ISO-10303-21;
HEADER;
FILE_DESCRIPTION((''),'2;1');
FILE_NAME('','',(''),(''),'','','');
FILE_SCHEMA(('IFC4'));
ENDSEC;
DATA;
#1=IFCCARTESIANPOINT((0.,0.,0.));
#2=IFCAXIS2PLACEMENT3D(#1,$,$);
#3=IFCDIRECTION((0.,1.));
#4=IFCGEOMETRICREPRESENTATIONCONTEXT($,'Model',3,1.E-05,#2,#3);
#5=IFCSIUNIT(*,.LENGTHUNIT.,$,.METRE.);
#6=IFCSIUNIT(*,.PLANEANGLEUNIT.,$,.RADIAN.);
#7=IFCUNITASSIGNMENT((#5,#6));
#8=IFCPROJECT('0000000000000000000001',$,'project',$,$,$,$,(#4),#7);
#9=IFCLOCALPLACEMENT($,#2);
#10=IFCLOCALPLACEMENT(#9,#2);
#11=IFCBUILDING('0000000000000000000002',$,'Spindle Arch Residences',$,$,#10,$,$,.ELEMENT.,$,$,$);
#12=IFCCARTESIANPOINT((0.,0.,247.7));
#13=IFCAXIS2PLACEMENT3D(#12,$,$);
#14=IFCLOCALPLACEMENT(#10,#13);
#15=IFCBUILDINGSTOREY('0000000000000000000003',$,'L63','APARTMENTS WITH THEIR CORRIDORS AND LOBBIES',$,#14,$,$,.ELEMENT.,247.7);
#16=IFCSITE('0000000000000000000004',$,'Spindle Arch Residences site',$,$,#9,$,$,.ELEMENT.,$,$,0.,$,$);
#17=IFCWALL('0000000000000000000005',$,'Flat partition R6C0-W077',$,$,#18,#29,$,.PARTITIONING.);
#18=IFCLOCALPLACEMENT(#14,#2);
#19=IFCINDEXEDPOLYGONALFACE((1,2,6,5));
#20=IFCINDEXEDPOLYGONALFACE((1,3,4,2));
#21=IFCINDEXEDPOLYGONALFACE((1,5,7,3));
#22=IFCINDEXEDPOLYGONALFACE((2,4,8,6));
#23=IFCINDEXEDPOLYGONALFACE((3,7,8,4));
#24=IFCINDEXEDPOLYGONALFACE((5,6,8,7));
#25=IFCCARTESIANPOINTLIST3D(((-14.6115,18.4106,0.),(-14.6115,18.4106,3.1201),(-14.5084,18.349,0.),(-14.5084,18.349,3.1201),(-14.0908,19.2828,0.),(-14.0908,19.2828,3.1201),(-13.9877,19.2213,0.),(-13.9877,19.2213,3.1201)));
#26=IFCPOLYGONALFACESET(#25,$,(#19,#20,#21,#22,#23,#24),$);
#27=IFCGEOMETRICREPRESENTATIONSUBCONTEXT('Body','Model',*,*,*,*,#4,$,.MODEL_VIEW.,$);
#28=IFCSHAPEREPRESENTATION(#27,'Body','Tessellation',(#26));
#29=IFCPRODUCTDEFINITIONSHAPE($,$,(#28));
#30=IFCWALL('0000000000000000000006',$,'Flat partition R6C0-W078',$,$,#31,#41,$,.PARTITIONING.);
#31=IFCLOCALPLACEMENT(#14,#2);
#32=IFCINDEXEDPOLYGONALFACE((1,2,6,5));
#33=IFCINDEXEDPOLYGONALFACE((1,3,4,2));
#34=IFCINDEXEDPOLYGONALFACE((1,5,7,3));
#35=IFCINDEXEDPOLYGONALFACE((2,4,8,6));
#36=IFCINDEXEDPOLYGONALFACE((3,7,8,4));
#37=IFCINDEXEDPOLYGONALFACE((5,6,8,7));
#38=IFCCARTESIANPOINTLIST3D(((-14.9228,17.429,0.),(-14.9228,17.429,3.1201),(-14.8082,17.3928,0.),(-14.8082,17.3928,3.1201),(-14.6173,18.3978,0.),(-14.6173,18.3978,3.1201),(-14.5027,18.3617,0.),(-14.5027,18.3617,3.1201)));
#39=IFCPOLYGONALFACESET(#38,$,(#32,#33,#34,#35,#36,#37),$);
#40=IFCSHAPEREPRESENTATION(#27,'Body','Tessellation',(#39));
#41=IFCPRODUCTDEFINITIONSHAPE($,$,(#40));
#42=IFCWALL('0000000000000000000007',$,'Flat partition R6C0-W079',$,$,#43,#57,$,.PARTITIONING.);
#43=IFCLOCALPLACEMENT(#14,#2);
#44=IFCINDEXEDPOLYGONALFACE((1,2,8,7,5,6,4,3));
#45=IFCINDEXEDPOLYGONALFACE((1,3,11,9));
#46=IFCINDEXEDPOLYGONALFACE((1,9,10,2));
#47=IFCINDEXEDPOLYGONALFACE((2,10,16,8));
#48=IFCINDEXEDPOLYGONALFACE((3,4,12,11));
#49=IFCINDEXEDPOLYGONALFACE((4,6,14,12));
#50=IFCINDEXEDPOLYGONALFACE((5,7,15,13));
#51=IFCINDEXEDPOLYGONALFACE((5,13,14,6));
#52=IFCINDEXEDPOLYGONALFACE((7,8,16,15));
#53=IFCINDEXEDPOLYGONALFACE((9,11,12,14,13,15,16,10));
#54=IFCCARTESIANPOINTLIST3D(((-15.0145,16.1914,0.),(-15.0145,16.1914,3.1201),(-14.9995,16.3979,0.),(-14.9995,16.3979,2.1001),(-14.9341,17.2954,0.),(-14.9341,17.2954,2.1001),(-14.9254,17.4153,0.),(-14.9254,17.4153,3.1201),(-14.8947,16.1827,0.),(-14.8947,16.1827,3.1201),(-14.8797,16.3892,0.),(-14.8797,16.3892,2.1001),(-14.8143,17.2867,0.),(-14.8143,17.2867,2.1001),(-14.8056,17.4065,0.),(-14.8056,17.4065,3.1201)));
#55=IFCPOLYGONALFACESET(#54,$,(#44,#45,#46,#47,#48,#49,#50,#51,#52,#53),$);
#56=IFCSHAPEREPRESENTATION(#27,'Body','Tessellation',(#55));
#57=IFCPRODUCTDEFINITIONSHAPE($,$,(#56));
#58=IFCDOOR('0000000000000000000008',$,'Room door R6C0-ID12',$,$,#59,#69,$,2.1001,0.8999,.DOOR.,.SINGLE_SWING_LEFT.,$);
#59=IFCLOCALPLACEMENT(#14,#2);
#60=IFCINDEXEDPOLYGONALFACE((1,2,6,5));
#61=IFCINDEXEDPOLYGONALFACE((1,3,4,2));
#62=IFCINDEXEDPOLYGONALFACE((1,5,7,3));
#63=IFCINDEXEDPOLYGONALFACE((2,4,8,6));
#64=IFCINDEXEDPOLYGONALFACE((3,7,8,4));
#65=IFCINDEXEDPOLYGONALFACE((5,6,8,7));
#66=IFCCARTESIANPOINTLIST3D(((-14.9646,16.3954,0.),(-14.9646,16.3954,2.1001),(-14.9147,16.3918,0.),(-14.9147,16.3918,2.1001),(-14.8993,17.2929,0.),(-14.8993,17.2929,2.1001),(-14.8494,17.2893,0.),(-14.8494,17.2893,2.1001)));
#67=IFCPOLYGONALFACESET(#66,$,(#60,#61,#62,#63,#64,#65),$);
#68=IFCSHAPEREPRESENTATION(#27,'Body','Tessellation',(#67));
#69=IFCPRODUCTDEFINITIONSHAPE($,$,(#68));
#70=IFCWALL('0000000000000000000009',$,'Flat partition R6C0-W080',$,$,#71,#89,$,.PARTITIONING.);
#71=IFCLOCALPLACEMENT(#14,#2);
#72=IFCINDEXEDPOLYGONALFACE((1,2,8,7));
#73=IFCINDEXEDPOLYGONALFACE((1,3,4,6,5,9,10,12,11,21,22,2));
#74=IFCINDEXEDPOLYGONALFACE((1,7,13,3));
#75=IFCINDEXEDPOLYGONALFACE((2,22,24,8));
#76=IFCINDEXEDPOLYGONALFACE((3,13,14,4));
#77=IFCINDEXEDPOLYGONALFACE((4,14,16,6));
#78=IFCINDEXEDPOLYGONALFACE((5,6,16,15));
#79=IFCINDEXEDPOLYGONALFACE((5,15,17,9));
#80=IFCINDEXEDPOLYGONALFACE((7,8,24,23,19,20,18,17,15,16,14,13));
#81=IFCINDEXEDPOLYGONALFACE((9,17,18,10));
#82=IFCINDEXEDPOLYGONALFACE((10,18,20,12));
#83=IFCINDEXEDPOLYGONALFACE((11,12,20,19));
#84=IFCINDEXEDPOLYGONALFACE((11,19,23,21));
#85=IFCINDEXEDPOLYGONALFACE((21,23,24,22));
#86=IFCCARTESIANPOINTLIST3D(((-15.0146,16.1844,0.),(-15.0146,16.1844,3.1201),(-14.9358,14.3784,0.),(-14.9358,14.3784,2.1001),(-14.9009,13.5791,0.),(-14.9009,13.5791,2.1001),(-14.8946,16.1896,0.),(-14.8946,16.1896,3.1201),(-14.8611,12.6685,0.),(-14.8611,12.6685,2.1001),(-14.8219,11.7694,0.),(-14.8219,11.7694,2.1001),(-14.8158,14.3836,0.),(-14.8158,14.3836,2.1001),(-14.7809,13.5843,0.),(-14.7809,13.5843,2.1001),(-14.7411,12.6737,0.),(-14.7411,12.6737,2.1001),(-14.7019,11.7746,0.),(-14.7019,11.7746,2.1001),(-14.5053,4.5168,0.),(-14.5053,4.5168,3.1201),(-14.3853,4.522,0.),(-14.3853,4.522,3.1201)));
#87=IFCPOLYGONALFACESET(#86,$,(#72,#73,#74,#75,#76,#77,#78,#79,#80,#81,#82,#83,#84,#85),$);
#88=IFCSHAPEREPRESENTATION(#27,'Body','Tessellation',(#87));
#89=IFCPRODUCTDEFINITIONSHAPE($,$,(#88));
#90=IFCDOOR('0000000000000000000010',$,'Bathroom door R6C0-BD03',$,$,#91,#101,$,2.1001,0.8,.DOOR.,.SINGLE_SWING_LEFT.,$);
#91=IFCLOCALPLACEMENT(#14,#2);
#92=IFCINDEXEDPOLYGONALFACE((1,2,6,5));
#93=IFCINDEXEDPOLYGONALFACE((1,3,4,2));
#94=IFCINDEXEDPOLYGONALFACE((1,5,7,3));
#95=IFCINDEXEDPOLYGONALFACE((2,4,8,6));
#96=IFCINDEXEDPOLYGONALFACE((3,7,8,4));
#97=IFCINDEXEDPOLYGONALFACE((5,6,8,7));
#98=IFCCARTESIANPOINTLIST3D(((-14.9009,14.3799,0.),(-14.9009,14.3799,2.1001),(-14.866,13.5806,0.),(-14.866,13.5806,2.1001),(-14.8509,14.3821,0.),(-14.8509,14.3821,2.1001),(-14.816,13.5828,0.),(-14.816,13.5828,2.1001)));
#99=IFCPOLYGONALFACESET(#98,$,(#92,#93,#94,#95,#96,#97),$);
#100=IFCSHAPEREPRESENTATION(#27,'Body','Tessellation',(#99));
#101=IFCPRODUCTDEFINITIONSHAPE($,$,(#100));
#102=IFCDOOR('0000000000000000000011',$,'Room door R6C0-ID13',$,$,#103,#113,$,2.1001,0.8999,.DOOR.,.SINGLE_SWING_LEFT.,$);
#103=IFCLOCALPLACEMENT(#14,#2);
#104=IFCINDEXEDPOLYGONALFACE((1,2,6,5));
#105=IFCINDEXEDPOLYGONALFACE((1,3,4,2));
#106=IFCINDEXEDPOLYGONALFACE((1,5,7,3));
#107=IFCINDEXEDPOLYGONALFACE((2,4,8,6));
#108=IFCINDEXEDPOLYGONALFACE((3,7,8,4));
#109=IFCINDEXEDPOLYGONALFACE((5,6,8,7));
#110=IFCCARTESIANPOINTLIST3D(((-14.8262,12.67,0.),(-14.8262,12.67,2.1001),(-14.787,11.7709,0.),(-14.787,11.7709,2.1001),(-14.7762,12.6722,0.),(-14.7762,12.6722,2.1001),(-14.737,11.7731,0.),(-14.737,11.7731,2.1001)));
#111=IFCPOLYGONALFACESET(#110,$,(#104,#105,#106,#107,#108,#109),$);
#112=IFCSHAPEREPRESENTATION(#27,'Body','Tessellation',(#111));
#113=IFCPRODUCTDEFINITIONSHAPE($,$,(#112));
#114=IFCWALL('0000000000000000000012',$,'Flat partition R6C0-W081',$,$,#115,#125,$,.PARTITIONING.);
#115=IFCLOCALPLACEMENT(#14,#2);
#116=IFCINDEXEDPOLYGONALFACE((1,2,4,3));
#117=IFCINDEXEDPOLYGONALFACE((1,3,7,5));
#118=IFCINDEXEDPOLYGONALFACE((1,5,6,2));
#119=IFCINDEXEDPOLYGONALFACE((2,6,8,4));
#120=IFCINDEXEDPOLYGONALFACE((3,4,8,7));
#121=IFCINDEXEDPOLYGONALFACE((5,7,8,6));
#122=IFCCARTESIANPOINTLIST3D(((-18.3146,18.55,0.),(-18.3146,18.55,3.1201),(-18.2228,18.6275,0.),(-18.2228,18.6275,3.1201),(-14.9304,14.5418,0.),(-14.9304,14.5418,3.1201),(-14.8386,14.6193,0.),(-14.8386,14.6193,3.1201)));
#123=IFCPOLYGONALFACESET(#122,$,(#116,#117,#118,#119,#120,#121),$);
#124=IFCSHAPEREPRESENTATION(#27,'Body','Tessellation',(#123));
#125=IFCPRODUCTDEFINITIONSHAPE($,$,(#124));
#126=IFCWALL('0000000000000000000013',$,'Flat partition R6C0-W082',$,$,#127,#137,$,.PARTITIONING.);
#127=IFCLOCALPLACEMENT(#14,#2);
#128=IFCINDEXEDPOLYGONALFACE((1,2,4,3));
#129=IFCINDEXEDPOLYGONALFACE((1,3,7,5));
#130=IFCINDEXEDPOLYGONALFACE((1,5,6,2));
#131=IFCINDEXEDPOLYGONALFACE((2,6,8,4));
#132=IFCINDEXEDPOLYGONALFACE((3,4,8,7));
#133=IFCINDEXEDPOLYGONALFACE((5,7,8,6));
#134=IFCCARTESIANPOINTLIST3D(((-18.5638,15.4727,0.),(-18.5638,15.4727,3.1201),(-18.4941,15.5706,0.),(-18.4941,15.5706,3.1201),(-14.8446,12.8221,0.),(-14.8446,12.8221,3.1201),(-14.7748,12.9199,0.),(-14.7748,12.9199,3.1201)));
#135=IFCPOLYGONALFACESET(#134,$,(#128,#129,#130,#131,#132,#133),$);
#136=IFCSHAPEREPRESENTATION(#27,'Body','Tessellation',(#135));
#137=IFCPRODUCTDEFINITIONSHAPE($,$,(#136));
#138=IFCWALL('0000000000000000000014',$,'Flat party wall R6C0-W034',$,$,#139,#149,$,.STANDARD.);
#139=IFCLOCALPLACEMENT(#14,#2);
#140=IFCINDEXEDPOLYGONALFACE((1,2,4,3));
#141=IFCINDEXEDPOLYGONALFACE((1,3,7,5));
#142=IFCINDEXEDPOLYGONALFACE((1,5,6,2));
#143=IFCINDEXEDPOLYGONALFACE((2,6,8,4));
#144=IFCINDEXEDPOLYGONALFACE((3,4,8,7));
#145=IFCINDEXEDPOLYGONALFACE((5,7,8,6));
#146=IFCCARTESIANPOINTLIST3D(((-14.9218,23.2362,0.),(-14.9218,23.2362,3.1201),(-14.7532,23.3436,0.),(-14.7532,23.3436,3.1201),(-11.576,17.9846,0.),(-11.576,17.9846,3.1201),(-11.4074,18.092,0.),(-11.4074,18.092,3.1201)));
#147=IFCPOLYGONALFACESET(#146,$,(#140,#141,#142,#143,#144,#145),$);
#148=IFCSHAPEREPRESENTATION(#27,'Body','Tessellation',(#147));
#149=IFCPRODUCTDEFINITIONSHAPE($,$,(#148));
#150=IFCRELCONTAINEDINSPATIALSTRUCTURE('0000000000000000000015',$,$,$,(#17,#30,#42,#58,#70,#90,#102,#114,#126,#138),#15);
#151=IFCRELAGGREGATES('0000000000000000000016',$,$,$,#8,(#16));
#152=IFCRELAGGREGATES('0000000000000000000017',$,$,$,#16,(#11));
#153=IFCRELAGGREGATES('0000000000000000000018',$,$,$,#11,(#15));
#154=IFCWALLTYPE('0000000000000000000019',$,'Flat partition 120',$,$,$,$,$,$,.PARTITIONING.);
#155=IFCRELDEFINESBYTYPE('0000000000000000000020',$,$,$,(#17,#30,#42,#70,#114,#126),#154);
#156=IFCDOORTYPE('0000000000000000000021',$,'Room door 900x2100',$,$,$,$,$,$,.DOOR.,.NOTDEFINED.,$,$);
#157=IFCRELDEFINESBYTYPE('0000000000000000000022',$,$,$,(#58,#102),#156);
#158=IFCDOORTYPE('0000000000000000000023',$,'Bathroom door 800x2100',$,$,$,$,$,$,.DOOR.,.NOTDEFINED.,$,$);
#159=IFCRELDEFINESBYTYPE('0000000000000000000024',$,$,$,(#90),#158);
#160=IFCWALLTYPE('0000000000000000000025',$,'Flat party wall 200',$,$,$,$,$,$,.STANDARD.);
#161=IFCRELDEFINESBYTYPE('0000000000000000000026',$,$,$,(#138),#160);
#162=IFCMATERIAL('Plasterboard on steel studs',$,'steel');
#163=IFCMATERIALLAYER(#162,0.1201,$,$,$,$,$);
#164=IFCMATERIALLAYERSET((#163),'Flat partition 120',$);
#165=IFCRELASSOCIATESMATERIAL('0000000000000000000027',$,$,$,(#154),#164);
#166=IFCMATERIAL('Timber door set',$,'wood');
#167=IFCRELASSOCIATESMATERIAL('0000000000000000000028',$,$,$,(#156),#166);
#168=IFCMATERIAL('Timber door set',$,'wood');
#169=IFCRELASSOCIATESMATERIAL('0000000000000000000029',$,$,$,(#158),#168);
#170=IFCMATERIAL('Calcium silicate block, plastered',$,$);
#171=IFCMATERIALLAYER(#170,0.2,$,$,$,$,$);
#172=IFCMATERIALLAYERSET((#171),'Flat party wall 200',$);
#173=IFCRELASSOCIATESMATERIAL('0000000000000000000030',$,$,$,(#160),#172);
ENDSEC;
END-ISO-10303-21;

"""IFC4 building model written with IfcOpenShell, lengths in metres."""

from ifc_helpers import new_model, si_unit, direction, frame, frame_2d, origin, place, context, subcontext, project, spatial, rectangle, extrude, material, layer, layer_set, type_object, element, fill, save


model = new_model("IFC4")

# Units and contexts
model_context = context("Model", 3, precision=1e-05, world=origin(), true_north=direction((0.0, 1.0)))
body_context = subcontext(model_context, "Body", "Model", "MODEL_VIEW")
ifc_project = project(units=[si_unit("LENGTHUNIT", "METRE"), si_unit("PLANEANGLEUNIT", "RADIAN")], contexts=[model_context])

# Site, building, storey
site_placement = place(None, origin())
site = spatial("IfcSite", under=ifc_project, at=site_placement, Name="Spindle Arch Residences site", CompositionType="ELEMENT", RefElevation=0.0)
building_placement = place(site_placement, origin())
building = spatial("IfcBuilding", under=site, at=building_placement, Name="Spindle Arch Residences", CompositionType="ELEMENT")
storey_placement = place(building_placement, frame((0.0, 0.0, 247.7)))
storey = spatial("IfcBuildingStorey", under=building, at=storey_placement, Name="L63", Description="APARTMENTS WITH THEIR CORRIDORS AND LOBBIES", CompositionType="ELEMENT", Elevation=247.7)

# Walls
ifc_material_1 = material(Name="Plasterboard on steel studs", Category="steel")
ifc_layer_1 = layer(ifc_material_1, 0.1201)
ifc_layer_set_1 = layer_set([ifc_layer_1], Name="Flat partition 120")
wall_type_1 = type_object("IfcWallType", Name="Flat partition 120", PredefinedType="PARTITIONING", material=ifc_layer_set_1)
for number, where, z_axis, x_axis, name in (
    (1, (-14.0393, 19.252, 0.0), (0.0, 0.0, 1.0), (-0.512586, -0.858636, 0.0), "Flat partition R6C0-W077"),
    (2, (-14.5601, 18.3796, 0.0), (0.0, 0.0, 1.0), (-0.300683, -0.953724, 0.0), "Flat partition R6C0-W078"),
):
    element("IfcWall", number, at=place(storey_placement, frame(where, z_axis=z_axis, x_axis=x_axis)), inside=storey, type_object=wall_type_1, Name=name, PredefinedType="PARTITIONING", context=body_context, shape_type="SweptSolid", body=[
        extrude(rectangle(XDim=1.0159, YDim=0.1201, at=frame_2d((0.5078, 0.0))), origin(), (0.0, 0.0, 1.0), 3.1201),
    ])

# Wall, opening, door
wall_1_placement = place(storey_placement, frame((-14.8655, 17.4109, 0.0), z_axis=(0.0, 0.0, 1.0), x_axis=(-0.072618, -0.99736, 0.0)))
wall_1 = element("IfcWall", 3, at=wall_1_placement, inside=storey, type_object=wall_type_1, Name="Flat partition R6C0-W079", PredefinedType="PARTITIONING", context=body_context, shape_type="SweptSolid", body=[
    extrude(rectangle(XDim=1.2271, YDim=0.1201, at=frame_2d((0.6135, 0.0))), origin(), (0.0, 0.0, 1.0), 3.1201),
])
opening_1_placement = place(wall_1_placement, frame((0.1201, 0.0, 0.0)))
opening_1 = element("IfcOpeningElement", 4, at=opening_1_placement, cuts=wall_1, PredefinedType="OPENING", context=body_context, shape_type="SweptSolid", body=[
    extrude(rectangle(XDim=0.8999, YDim=2.1001, at=frame_2d((0.45, 1.05))), frame((0.0, 0.0701, 0.0), z_axis=(0.0, -1.0, 0.0), x_axis=(1.0, 0.0, 0.0)), (0.0, 0.0, 1.0), 0.1401),
])
ifc_material_2 = material(Name="Timber door set", Category="wood")
door_type_1 = type_object("IfcDoorType", Name="Room door 900x2100", OperationType="NOTDEFINED", PredefinedType="DOOR", material=ifc_material_2)
door_1_placement = place(opening_1_placement, origin())
door_1 = element("IfcDoor", 5, at=door_1_placement, inside=storey, type_object=door_type_1, Name="Room door R6C0-ID12", OperationType="SINGLE_SWING_LEFT", OverallHeight=2.1001, OverallWidth=0.8999, PredefinedType="DOOR", context=body_context, shape_type="SweptSolid", body=[
    extrude(rectangle(XDim=0.8999, YDim=2.1001, at=frame_2d((0.45, 1.05))), frame((0.0, 0.0249, 0.0), z_axis=(0.0, -1.0, 0.0), x_axis=(1.0, 0.0, 0.0)), (0.0, 0.0, 1.0), 0.05),
])
fill(opening_1, door_1)

# Wall, openings, doors
wall_2_placement = place(storey_placement, frame((-14.9546, 16.187, 0.0), z_axis=(0.0, 0.0, 1.0), x_axis=(0.043608, -0.999049, 0.0)))
wall_2 = element("IfcWall", 6, at=wall_2_placement, inside=storey, type_object=wall_type_1, Name="Flat partition R6C0-W080", PredefinedType="PARTITIONING", context=body_context, shape_type="SweptSolid", body=[
    extrude(rectangle(XDim=11.6787, YDim=0.1201, at=frame_2d((5.8394, 0.0))), origin(), (0.0, 0.0, 1.0), 3.1201),
])
opening_2_placement = place(wall_2_placement, frame((1.8079, 0.0, 0.0)))
opening_2 = element("IfcOpeningElement", 7, at=opening_2_placement, cuts=wall_2, PredefinedType="OPENING", context=body_context, shape_type="SweptSolid", body=[
    extrude(rectangle(XDim=0.8, YDim=2.1001, at=frame_2d((0.3999, 1.05))), frame((0.0, 0.0701, 0.0), z_axis=(0.0, -1.0, 0.0), x_axis=(1.0, 0.0, 0.0)), (0.0, 0.0, 1.0), 0.1401),
])
opening_3_placement = place(wall_2_placement, frame((3.5193, 0.0, 0.0)))
opening_3 = element("IfcOpeningElement", 8, at=opening_3_placement, cuts=wall_2, PredefinedType="OPENING", context=body_context, shape_type="SweptSolid", body=[
    extrude(rectangle(XDim=0.8999, YDim=2.1001, at=frame_2d((0.45, 1.05))), frame((0.0, 0.0701, 0.0), z_axis=(0.0, -1.0, 0.0), x_axis=(1.0, 0.0, 0.0)), (0.0, 0.0, 1.0), 0.1401),
])
ifc_material_3 = material(Name="Timber door set", Category="wood")
door_type_2 = type_object("IfcDoorType", Name="Bathroom door 800x2100", OperationType="NOTDEFINED", PredefinedType="DOOR", material=ifc_material_3)
door_2_placement = place(opening_2_placement, origin())
door_2 = element("IfcDoor", 9, at=door_2_placement, inside=storey, type_object=door_type_2, Name="Bathroom door R6C0-BD03", OperationType="SINGLE_SWING_LEFT", OverallHeight=2.1001, OverallWidth=0.8, PredefinedType="DOOR", context=body_context, shape_type="SweptSolid", body=[
    extrude(rectangle(XDim=0.8, YDim=2.1001, at=frame_2d((0.3999, 1.05))), frame((0.0, 0.0249, 0.0), z_axis=(0.0, -1.0, 0.0), x_axis=(1.0, 0.0, 0.0)), (0.0, 0.0, 1.0), 0.05),
])
fill(opening_2, door_2)
door_3_placement = place(opening_3_placement, origin())
door_3 = element("IfcDoor", 10, at=door_3_placement, inside=storey, type_object=door_type_1, Name="Room door R6C0-ID13", OperationType="SINGLE_SWING_LEFT", OverallHeight=2.1001, OverallWidth=0.8999, PredefinedType="DOOR", context=body_context, shape_type="SweptSolid", body=[
    extrude(rectangle(XDim=0.8999, YDim=2.1001, at=frame_2d((0.45, 1.05))), frame((0.0, 0.0249, 0.0), z_axis=(0.0, -1.0, 0.0), x_axis=(1.0, 0.0, 0.0)), (0.0, 0.0, 1.0), 0.05),
])
fill(opening_3, door_3)

# Walls
wall_3_placement = place(storey_placement, frame((-18.2688, 18.5889, 0.0), z_axis=(0.0, 0.0, 1.0), x_axis=(0.645124, -0.764078, 0.0)))
element("IfcWall", 11, at=wall_3_placement, inside=storey, type_object=wall_type_1, Name="Flat partition R6C0-W081", PredefinedType="PARTITIONING", context=body_context, shape_type="SweptSolid", body=[
    extrude(rectangle(XDim=5.2458, YDim=0.1201, at=frame_2d((2.623, 0.0))), origin(), (0.0, 0.0, 1.0), 3.1201),
])
wall_4_placement = place(storey_placement, frame((-18.5291, 15.5217, 0.0), z_axis=(0.0, 0.0, 1.0), x_axis=(0.814351, -0.580373, 0.0)))
element("IfcWall", 12, at=wall_4_placement, inside=storey, type_object=wall_type_1, Name="Flat partition R6C0-W082", PredefinedType="PARTITIONING", context=body_context, shape_type="SweptSolid", body=[
    extrude(rectangle(XDim=4.5671, YDim=0.1201, at=frame_2d((2.2837, 0.0))), origin(), (0.0, 0.0, 1.0), 3.1201),
])
ifc_material_4 = material(Name="Calcium silicate block, plastered")
ifc_layer_2 = layer(ifc_material_4, 0.2)
ifc_layer_set_2 = layer_set([ifc_layer_2], Name="Flat party wall 200")
wall_type_2 = type_object("IfcWallType", Name="Flat party wall 200", PredefinedType="STANDARD", material=ifc_layer_set_2)
wall_5_placement = place(storey_placement, frame((-14.8374, 23.2898, 0.0), z_axis=(0.0, 0.0, 1.0), x_axis=(0.537317, -0.84338, 0.0)))
element("IfcWall", 13, at=wall_5_placement, inside=storey, type_object=wall_type_2, Name="Flat party wall R6C0-W034", PredefinedType="STANDARD", context=body_context, shape_type="SweptSolid", body=[
    extrude(rectangle(XDim=6.2268, YDim=0.2, at=frame_2d((3.1133, 0.0))), origin(), (0.0, 0.0, 1.0), 3.1201),
])

save(model, "model.ifc")
